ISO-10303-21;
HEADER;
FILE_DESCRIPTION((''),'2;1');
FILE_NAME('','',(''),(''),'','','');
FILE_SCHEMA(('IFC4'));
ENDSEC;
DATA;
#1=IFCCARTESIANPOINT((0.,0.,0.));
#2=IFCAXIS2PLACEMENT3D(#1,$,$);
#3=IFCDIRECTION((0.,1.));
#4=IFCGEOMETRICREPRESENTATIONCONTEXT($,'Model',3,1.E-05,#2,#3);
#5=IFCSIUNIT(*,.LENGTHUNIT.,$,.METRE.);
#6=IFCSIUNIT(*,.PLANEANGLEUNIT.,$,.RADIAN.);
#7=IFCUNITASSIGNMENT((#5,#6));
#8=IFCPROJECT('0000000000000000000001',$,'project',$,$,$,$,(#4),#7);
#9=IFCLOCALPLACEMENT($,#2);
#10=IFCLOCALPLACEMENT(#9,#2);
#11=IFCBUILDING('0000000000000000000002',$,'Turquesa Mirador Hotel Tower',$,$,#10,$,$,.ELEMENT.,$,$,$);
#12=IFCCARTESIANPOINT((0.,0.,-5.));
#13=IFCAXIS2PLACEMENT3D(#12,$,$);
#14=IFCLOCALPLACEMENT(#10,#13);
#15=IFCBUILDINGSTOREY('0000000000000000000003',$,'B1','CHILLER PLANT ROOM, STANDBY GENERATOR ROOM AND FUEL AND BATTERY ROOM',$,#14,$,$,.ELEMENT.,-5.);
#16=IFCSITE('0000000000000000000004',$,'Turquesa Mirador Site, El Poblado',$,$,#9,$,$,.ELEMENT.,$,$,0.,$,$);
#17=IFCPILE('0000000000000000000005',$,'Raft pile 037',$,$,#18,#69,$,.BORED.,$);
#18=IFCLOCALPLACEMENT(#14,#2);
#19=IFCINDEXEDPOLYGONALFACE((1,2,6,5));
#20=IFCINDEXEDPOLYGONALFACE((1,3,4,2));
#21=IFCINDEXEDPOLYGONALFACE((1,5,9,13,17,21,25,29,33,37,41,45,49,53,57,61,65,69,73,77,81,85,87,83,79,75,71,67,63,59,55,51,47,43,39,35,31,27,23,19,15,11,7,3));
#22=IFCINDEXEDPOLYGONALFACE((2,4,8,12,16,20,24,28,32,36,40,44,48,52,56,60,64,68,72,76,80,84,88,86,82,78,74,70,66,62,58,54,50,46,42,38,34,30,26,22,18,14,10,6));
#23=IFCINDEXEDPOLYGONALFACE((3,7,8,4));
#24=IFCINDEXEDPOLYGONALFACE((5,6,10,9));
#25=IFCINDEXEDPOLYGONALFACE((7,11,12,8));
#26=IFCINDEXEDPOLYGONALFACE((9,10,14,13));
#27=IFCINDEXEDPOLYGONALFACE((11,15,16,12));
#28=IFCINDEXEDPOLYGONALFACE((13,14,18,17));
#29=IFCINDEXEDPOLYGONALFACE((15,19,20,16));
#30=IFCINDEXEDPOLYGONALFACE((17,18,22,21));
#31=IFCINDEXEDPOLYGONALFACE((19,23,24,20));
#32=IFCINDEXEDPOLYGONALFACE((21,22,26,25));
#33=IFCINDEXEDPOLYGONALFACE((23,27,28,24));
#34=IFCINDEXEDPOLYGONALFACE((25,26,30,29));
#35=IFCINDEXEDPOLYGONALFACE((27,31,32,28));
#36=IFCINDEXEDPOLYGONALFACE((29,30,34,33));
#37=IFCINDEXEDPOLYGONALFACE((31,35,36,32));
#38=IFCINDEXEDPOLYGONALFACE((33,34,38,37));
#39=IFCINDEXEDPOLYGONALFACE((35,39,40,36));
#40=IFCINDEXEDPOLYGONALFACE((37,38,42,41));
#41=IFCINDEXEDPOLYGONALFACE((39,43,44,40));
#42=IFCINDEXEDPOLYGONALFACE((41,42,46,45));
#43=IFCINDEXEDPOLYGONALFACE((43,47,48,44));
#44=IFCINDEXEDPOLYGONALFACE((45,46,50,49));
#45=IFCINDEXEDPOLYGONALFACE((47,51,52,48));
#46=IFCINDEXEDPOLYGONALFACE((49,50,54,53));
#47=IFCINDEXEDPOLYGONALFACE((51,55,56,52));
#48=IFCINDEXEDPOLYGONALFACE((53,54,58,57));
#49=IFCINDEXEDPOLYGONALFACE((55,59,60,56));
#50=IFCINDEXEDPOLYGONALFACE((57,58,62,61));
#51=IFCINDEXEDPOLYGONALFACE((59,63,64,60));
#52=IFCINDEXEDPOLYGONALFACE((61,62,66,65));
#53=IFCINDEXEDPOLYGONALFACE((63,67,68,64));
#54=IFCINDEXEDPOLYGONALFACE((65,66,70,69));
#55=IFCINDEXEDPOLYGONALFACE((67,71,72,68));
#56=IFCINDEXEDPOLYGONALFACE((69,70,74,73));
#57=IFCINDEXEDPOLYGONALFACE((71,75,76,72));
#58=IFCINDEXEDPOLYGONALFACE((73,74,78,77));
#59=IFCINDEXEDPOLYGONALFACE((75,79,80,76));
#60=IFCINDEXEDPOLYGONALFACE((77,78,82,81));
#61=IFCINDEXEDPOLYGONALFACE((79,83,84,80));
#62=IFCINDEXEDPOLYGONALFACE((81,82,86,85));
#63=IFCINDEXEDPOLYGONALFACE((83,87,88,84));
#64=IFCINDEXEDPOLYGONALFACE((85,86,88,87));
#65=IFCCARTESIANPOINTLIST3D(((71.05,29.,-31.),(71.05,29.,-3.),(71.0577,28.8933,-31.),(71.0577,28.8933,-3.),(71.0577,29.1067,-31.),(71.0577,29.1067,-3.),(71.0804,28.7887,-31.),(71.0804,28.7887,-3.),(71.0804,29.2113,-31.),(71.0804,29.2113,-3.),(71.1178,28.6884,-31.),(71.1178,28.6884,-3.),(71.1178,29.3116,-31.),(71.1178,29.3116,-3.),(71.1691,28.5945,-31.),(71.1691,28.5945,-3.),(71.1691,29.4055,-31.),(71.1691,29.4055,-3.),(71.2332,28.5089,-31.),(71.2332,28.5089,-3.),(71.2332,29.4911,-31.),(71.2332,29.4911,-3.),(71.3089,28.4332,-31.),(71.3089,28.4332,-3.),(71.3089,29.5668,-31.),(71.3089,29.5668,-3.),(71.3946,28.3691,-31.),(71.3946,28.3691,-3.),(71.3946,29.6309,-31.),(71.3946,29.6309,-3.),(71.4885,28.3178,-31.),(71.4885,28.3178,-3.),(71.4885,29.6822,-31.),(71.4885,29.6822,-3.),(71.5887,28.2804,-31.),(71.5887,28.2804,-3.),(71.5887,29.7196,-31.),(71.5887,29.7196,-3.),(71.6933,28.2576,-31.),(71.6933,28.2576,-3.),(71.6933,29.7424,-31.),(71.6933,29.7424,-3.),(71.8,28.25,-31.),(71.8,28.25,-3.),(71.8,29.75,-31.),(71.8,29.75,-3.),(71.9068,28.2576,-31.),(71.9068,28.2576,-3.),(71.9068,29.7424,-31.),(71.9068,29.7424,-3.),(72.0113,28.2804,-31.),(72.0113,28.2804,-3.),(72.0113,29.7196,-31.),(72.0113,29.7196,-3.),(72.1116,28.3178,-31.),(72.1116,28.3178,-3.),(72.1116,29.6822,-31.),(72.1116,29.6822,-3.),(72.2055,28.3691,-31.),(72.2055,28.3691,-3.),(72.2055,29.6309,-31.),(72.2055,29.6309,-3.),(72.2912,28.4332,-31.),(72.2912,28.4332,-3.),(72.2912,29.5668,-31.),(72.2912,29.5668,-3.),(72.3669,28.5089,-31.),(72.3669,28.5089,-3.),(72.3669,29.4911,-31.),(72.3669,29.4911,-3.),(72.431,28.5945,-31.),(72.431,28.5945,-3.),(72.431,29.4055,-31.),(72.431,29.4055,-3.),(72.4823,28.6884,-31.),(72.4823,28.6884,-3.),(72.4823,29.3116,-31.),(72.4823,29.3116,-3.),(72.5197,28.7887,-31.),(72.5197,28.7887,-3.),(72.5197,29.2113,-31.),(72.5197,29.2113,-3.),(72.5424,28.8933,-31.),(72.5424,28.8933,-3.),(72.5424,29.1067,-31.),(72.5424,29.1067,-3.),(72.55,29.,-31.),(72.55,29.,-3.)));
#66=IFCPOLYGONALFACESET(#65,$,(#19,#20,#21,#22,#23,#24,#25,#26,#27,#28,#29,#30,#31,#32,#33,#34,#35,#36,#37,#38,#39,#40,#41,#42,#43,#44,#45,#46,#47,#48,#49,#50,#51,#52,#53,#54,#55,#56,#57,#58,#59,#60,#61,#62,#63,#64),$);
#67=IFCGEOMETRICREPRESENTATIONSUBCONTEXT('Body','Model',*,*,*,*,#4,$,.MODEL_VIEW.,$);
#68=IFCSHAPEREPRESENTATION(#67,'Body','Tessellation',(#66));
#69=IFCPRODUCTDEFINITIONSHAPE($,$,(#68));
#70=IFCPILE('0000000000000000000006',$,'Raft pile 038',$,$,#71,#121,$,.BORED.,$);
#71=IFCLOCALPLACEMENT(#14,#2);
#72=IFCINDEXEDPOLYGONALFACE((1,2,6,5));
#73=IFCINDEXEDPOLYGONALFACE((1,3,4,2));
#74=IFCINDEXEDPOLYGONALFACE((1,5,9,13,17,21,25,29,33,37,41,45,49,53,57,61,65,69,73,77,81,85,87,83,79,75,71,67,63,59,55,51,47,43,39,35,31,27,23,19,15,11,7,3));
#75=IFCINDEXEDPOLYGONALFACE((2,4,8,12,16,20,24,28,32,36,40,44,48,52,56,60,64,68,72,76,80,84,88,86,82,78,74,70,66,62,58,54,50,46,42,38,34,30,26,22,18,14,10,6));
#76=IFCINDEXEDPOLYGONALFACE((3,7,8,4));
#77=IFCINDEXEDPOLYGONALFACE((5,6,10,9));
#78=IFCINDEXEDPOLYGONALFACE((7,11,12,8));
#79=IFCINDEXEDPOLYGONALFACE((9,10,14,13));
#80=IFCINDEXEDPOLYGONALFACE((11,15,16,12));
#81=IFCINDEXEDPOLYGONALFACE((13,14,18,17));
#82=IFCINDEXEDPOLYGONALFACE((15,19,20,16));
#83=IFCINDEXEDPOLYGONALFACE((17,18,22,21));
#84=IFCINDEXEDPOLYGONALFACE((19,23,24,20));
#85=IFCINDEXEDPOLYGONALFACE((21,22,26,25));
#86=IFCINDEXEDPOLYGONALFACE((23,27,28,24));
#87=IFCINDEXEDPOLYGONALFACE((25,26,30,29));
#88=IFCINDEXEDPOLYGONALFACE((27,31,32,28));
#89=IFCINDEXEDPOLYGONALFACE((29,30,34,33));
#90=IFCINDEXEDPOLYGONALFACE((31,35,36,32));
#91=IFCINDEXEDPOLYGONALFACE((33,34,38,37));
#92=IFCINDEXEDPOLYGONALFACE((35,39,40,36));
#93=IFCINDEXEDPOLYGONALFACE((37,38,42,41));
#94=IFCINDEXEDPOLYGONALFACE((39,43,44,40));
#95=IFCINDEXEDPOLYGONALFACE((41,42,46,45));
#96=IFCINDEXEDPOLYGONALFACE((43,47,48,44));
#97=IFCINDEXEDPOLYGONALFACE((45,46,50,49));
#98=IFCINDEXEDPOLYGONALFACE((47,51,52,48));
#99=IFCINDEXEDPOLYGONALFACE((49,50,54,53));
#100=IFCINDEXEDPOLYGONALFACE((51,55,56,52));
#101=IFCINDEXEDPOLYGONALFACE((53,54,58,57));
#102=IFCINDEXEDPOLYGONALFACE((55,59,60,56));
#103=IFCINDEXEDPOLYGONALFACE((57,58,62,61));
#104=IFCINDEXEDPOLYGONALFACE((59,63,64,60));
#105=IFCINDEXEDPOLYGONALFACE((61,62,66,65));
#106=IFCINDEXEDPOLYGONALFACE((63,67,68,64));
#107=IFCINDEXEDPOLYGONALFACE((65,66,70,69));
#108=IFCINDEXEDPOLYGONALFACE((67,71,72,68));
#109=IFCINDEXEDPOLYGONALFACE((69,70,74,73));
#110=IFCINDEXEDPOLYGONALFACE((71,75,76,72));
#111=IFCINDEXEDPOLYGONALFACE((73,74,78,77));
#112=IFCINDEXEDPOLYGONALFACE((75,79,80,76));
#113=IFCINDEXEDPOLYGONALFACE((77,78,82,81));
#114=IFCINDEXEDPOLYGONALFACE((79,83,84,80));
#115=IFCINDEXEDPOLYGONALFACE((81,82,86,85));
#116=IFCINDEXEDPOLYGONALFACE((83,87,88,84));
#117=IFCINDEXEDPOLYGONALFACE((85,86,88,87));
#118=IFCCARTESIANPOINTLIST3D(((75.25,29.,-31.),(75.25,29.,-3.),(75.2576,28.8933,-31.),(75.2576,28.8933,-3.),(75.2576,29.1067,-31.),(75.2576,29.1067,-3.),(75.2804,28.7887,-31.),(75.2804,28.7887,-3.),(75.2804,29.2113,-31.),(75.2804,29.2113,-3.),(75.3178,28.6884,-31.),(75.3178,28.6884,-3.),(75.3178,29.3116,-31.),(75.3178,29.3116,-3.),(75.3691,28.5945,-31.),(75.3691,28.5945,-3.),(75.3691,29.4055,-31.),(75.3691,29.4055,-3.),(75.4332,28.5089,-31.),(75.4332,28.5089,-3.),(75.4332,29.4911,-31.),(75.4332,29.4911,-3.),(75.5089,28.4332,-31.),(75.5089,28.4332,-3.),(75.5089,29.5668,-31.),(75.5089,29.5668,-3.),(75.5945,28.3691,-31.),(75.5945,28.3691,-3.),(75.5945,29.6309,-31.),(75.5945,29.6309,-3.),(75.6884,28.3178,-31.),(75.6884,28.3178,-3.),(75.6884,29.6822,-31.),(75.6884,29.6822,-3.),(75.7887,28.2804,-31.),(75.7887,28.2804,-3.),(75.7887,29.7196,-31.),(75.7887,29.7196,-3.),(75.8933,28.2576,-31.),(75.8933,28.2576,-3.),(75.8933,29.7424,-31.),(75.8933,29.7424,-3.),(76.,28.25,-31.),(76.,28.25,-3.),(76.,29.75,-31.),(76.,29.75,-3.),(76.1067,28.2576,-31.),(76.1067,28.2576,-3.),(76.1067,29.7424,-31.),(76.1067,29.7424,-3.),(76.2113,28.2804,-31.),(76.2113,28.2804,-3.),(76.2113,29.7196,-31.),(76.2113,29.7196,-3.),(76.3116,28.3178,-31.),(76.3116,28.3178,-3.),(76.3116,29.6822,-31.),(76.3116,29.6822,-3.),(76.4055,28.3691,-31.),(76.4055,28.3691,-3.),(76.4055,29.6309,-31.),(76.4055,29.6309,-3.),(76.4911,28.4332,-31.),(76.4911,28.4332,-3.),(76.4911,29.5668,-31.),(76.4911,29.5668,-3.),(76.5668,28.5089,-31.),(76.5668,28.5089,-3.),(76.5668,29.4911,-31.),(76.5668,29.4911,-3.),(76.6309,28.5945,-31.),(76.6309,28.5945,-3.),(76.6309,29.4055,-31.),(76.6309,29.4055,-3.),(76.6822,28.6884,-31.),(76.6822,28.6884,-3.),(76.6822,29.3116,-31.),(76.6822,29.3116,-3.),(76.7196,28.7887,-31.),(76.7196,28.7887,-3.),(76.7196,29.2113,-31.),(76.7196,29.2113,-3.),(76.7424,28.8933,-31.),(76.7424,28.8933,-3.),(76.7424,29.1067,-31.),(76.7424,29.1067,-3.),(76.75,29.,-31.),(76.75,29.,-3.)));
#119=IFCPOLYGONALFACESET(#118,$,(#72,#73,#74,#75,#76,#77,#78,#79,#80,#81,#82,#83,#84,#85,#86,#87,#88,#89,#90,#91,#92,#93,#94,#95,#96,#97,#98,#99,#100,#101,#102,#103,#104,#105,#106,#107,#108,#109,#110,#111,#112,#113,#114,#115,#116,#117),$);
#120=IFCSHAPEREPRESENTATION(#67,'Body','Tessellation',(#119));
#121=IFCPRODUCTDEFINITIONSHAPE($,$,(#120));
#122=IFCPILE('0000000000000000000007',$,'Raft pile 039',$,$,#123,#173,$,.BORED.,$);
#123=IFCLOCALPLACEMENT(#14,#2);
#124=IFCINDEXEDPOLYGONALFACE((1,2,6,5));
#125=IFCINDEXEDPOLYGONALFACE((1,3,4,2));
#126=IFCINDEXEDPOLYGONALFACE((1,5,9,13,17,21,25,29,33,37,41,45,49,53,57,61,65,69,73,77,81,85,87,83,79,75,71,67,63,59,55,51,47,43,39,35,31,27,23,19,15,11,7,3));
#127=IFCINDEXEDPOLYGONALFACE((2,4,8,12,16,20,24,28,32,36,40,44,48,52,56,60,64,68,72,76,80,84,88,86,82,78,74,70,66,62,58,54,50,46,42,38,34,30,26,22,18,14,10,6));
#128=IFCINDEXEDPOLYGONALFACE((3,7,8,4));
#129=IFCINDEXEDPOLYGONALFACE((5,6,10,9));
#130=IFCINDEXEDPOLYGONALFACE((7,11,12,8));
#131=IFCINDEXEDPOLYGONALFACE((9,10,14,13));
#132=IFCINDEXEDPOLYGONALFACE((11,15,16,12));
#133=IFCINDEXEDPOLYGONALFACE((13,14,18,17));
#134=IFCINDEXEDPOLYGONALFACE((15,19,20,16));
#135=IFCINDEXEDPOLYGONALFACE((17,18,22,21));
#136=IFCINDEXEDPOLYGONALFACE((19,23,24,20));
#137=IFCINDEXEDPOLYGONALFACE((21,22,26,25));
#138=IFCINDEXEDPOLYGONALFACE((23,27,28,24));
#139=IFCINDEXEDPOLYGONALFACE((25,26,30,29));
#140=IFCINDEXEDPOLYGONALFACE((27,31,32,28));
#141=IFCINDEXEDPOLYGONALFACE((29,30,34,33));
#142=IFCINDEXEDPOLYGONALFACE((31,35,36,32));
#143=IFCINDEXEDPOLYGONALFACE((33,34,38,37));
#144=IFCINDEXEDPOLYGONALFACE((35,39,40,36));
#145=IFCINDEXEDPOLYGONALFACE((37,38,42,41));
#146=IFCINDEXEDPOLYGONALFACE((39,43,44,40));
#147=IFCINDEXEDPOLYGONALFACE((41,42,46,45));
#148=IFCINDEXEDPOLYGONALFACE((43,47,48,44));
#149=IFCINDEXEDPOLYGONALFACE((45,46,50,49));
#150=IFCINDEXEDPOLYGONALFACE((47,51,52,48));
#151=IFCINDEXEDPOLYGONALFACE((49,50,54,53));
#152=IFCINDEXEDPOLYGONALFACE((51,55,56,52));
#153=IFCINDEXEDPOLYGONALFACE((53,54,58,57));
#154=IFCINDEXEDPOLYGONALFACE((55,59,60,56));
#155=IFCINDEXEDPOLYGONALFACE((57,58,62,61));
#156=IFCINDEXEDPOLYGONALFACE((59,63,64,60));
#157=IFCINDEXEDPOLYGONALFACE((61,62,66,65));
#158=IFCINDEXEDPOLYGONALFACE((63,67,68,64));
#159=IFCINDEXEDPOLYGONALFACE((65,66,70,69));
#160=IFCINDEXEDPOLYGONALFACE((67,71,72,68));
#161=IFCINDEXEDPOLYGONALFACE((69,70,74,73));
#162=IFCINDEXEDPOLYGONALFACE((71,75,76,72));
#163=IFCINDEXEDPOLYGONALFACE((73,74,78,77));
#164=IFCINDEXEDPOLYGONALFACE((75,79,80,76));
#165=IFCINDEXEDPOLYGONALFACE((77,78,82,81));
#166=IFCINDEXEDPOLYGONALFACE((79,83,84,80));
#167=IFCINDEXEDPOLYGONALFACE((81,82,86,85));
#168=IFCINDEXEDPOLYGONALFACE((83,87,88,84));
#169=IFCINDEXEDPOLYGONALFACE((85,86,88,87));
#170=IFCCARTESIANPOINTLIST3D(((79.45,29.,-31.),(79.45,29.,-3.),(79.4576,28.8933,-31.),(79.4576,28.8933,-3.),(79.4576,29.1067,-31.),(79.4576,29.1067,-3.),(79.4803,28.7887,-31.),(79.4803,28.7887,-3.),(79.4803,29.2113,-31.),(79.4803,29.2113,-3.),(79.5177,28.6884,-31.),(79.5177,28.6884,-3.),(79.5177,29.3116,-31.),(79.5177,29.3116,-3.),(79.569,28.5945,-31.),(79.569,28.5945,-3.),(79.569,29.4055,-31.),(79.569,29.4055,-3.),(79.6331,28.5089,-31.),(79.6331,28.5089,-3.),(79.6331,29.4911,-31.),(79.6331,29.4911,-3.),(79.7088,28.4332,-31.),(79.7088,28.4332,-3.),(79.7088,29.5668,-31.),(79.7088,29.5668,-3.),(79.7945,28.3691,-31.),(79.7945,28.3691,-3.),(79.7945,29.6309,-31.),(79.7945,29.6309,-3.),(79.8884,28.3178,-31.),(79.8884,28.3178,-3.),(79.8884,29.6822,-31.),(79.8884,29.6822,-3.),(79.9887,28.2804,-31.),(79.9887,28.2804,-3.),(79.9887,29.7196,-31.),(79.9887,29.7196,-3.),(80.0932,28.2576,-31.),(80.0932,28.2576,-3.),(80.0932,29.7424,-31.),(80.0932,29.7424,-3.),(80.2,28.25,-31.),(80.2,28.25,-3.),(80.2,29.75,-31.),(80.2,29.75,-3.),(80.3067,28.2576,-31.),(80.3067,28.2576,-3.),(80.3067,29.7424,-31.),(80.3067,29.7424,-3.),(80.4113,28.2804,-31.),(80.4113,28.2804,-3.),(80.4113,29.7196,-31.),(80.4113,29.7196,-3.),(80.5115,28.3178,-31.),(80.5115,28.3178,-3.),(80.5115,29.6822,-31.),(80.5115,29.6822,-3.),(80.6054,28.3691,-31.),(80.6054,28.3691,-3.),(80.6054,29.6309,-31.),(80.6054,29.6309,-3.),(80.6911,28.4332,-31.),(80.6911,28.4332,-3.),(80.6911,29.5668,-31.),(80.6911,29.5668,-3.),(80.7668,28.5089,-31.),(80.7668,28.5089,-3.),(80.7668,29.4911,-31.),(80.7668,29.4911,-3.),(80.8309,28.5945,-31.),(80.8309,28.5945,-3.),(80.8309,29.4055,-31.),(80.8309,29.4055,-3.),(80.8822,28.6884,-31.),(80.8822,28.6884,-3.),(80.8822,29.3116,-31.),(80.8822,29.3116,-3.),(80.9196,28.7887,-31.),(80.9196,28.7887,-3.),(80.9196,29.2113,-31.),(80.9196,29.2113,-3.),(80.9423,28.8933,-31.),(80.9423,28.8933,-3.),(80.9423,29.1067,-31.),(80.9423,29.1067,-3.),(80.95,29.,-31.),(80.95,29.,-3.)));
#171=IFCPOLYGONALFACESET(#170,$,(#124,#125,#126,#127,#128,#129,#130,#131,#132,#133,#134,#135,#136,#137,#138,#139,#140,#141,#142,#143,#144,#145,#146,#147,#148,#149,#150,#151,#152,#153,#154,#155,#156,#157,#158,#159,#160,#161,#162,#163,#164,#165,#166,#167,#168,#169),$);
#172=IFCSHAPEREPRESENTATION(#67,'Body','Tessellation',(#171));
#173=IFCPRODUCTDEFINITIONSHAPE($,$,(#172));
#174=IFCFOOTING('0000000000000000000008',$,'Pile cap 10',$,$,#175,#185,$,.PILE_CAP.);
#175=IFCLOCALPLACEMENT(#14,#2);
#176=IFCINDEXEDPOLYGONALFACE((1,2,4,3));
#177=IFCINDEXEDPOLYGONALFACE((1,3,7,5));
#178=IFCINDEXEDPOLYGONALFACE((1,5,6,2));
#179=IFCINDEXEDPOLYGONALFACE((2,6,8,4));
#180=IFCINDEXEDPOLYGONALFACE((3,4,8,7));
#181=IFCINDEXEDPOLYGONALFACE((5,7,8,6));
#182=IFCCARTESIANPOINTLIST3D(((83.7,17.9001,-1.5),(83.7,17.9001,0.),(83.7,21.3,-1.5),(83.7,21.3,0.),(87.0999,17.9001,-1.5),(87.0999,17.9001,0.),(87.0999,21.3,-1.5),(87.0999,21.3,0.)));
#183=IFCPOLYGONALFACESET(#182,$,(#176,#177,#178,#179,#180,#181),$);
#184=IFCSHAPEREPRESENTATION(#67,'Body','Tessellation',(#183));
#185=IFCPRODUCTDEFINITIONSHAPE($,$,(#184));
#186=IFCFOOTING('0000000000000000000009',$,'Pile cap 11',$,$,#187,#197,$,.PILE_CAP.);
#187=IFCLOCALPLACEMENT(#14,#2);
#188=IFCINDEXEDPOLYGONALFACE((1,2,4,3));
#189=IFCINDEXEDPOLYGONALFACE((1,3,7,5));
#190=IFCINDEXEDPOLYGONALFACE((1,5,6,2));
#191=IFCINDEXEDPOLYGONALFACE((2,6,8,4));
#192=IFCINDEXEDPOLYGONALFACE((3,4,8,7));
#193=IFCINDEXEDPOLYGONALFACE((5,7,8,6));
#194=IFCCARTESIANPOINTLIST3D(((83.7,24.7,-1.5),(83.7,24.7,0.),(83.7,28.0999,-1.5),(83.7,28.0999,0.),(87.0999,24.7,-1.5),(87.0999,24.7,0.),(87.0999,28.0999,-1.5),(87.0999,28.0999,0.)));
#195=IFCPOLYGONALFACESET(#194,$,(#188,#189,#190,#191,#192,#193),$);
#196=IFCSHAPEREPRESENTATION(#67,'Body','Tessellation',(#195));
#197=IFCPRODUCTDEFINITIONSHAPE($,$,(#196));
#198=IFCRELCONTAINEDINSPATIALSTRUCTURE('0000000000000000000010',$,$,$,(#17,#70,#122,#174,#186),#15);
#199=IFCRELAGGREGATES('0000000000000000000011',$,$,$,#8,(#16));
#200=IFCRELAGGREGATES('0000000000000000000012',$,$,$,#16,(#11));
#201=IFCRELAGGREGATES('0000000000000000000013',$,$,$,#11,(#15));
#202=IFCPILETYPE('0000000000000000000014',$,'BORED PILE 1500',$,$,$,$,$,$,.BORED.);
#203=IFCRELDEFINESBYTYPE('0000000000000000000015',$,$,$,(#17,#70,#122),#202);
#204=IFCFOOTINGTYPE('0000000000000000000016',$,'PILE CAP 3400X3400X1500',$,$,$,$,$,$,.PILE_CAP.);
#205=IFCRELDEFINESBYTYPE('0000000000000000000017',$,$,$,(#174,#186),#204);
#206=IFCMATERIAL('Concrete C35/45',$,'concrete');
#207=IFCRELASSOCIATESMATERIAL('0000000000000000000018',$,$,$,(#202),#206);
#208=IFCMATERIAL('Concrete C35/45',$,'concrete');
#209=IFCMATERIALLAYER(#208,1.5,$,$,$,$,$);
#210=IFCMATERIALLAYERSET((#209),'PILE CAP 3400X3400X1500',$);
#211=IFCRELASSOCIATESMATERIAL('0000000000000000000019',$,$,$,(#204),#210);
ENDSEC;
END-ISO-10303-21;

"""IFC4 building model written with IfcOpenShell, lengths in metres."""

from ifc_helpers import new_model, si_unit, direction, frame, origin, origin_2d, place, context, subcontext, project, spatial, rectangle, circle, extrude, material, layer, layer_set, type_object, element, save


model = new_model("IFC4")

# Units and contexts
model_context = context("Model", 3, precision=1e-05, world=origin(), true_north=direction((0.0, 1.0)))
body_context = subcontext(model_context, "Body", "Model", "MODEL_VIEW")
ifc_project = project(units=[si_unit("LENGTHUNIT", "METRE"), si_unit("PLANEANGLEUNIT", "RADIAN")], contexts=[model_context])

# Site, building, storey
site_placement = place(None, origin())
site = spatial("IfcSite", under=ifc_project, at=site_placement, Name="Turquesa Mirador Site, El Poblado", CompositionType="ELEMENT", RefElevation=0.0)
building_placement = place(site_placement, origin())
building = spatial("IfcBuilding", under=site, at=building_placement, Name="Turquesa Mirador Hotel Tower", CompositionType="ELEMENT")
storey_placement = place(building_placement, frame((0.0, 0.0, -5.0)))
storey = spatial("IfcBuildingStorey", under=building, at=storey_placement, Name="B1", Description="CHILLER PLANT ROOM, STANDBY GENERATOR ROOM AND FUEL AND BATTERY ROOM", CompositionType="ELEMENT", Elevation=-5.0)

# Piles
ifc_material_1 = material(Name="Concrete C35/45", Category="concrete")
pile_type_1 = type_object("IfcPileType", Name="BORED PILE 1500", PredefinedType="BORED", material=ifc_material_1)
for number, where, z_axis, x_axis, name in (
    (1, (71.8, 29.0, -3.0), (0.0, 0.0, -1.0), (1.0, 0.0, 0.0), "Raft pile 037"),
    (2, (76.0, 29.0, -3.0), (0.0, 0.0, -1.0), (1.0, 0.0, 0.0), "Raft pile 038"),
    (3, (80.2, 29.0, -3.0), (0.0, 0.0, -1.0), (1.0, 0.0, 0.0), "Raft pile 039"),
):
    element("IfcPile", number, at=place(storey_placement, frame(where, z_axis=z_axis, x_axis=x_axis)), inside=storey, type_object=pile_type_1, Name=name, PredefinedType="BORED", context=body_context, shape_type="SweptSolid", body=[
        extrude(circle(Radius=0.75, at=origin_2d()), origin(), (0.0, 0.0, 1.0), 28.0),
    ])

# Footings
ifc_material_2 = material(Name="Concrete C35/45", Category="concrete")
ifc_layer_1 = layer(ifc_material_2, 1.5)
ifc_layer_set_1 = layer_set([ifc_layer_1], Name="PILE CAP 3400X3400X1500")
footing_type = type_object("IfcFootingType", Name="PILE CAP 3400X3400X1500", PredefinedType="PILE_CAP", material=ifc_layer_set_1)
for number, where, z_axis, x_axis, name in (
    (4, (85.3999, 19.6001, -1.5), (0.0, 0.0, 1.0), (1.0, 0.0, 0.0), "Pile cap 10"),
    (5, (85.3999, 26.3999, -1.5), (0.0, 0.0, 1.0), (1.0, 0.0, 0.0), "Pile cap 11"),
):
    element("IfcFooting", number, at=place(storey_placement, frame(where, z_axis=z_axis, x_axis=x_axis)), inside=storey, type_object=footing_type, Name=name, PredefinedType="PILE_CAP", context=body_context, shape_type="SweptSolid", body=[
        extrude(rectangle(XDim=3.3999, YDim=3.3999, at=origin_2d()), origin(), (0.0, 0.0, 1.0), 1.5),
    ])

save(model, "model.ifc")
